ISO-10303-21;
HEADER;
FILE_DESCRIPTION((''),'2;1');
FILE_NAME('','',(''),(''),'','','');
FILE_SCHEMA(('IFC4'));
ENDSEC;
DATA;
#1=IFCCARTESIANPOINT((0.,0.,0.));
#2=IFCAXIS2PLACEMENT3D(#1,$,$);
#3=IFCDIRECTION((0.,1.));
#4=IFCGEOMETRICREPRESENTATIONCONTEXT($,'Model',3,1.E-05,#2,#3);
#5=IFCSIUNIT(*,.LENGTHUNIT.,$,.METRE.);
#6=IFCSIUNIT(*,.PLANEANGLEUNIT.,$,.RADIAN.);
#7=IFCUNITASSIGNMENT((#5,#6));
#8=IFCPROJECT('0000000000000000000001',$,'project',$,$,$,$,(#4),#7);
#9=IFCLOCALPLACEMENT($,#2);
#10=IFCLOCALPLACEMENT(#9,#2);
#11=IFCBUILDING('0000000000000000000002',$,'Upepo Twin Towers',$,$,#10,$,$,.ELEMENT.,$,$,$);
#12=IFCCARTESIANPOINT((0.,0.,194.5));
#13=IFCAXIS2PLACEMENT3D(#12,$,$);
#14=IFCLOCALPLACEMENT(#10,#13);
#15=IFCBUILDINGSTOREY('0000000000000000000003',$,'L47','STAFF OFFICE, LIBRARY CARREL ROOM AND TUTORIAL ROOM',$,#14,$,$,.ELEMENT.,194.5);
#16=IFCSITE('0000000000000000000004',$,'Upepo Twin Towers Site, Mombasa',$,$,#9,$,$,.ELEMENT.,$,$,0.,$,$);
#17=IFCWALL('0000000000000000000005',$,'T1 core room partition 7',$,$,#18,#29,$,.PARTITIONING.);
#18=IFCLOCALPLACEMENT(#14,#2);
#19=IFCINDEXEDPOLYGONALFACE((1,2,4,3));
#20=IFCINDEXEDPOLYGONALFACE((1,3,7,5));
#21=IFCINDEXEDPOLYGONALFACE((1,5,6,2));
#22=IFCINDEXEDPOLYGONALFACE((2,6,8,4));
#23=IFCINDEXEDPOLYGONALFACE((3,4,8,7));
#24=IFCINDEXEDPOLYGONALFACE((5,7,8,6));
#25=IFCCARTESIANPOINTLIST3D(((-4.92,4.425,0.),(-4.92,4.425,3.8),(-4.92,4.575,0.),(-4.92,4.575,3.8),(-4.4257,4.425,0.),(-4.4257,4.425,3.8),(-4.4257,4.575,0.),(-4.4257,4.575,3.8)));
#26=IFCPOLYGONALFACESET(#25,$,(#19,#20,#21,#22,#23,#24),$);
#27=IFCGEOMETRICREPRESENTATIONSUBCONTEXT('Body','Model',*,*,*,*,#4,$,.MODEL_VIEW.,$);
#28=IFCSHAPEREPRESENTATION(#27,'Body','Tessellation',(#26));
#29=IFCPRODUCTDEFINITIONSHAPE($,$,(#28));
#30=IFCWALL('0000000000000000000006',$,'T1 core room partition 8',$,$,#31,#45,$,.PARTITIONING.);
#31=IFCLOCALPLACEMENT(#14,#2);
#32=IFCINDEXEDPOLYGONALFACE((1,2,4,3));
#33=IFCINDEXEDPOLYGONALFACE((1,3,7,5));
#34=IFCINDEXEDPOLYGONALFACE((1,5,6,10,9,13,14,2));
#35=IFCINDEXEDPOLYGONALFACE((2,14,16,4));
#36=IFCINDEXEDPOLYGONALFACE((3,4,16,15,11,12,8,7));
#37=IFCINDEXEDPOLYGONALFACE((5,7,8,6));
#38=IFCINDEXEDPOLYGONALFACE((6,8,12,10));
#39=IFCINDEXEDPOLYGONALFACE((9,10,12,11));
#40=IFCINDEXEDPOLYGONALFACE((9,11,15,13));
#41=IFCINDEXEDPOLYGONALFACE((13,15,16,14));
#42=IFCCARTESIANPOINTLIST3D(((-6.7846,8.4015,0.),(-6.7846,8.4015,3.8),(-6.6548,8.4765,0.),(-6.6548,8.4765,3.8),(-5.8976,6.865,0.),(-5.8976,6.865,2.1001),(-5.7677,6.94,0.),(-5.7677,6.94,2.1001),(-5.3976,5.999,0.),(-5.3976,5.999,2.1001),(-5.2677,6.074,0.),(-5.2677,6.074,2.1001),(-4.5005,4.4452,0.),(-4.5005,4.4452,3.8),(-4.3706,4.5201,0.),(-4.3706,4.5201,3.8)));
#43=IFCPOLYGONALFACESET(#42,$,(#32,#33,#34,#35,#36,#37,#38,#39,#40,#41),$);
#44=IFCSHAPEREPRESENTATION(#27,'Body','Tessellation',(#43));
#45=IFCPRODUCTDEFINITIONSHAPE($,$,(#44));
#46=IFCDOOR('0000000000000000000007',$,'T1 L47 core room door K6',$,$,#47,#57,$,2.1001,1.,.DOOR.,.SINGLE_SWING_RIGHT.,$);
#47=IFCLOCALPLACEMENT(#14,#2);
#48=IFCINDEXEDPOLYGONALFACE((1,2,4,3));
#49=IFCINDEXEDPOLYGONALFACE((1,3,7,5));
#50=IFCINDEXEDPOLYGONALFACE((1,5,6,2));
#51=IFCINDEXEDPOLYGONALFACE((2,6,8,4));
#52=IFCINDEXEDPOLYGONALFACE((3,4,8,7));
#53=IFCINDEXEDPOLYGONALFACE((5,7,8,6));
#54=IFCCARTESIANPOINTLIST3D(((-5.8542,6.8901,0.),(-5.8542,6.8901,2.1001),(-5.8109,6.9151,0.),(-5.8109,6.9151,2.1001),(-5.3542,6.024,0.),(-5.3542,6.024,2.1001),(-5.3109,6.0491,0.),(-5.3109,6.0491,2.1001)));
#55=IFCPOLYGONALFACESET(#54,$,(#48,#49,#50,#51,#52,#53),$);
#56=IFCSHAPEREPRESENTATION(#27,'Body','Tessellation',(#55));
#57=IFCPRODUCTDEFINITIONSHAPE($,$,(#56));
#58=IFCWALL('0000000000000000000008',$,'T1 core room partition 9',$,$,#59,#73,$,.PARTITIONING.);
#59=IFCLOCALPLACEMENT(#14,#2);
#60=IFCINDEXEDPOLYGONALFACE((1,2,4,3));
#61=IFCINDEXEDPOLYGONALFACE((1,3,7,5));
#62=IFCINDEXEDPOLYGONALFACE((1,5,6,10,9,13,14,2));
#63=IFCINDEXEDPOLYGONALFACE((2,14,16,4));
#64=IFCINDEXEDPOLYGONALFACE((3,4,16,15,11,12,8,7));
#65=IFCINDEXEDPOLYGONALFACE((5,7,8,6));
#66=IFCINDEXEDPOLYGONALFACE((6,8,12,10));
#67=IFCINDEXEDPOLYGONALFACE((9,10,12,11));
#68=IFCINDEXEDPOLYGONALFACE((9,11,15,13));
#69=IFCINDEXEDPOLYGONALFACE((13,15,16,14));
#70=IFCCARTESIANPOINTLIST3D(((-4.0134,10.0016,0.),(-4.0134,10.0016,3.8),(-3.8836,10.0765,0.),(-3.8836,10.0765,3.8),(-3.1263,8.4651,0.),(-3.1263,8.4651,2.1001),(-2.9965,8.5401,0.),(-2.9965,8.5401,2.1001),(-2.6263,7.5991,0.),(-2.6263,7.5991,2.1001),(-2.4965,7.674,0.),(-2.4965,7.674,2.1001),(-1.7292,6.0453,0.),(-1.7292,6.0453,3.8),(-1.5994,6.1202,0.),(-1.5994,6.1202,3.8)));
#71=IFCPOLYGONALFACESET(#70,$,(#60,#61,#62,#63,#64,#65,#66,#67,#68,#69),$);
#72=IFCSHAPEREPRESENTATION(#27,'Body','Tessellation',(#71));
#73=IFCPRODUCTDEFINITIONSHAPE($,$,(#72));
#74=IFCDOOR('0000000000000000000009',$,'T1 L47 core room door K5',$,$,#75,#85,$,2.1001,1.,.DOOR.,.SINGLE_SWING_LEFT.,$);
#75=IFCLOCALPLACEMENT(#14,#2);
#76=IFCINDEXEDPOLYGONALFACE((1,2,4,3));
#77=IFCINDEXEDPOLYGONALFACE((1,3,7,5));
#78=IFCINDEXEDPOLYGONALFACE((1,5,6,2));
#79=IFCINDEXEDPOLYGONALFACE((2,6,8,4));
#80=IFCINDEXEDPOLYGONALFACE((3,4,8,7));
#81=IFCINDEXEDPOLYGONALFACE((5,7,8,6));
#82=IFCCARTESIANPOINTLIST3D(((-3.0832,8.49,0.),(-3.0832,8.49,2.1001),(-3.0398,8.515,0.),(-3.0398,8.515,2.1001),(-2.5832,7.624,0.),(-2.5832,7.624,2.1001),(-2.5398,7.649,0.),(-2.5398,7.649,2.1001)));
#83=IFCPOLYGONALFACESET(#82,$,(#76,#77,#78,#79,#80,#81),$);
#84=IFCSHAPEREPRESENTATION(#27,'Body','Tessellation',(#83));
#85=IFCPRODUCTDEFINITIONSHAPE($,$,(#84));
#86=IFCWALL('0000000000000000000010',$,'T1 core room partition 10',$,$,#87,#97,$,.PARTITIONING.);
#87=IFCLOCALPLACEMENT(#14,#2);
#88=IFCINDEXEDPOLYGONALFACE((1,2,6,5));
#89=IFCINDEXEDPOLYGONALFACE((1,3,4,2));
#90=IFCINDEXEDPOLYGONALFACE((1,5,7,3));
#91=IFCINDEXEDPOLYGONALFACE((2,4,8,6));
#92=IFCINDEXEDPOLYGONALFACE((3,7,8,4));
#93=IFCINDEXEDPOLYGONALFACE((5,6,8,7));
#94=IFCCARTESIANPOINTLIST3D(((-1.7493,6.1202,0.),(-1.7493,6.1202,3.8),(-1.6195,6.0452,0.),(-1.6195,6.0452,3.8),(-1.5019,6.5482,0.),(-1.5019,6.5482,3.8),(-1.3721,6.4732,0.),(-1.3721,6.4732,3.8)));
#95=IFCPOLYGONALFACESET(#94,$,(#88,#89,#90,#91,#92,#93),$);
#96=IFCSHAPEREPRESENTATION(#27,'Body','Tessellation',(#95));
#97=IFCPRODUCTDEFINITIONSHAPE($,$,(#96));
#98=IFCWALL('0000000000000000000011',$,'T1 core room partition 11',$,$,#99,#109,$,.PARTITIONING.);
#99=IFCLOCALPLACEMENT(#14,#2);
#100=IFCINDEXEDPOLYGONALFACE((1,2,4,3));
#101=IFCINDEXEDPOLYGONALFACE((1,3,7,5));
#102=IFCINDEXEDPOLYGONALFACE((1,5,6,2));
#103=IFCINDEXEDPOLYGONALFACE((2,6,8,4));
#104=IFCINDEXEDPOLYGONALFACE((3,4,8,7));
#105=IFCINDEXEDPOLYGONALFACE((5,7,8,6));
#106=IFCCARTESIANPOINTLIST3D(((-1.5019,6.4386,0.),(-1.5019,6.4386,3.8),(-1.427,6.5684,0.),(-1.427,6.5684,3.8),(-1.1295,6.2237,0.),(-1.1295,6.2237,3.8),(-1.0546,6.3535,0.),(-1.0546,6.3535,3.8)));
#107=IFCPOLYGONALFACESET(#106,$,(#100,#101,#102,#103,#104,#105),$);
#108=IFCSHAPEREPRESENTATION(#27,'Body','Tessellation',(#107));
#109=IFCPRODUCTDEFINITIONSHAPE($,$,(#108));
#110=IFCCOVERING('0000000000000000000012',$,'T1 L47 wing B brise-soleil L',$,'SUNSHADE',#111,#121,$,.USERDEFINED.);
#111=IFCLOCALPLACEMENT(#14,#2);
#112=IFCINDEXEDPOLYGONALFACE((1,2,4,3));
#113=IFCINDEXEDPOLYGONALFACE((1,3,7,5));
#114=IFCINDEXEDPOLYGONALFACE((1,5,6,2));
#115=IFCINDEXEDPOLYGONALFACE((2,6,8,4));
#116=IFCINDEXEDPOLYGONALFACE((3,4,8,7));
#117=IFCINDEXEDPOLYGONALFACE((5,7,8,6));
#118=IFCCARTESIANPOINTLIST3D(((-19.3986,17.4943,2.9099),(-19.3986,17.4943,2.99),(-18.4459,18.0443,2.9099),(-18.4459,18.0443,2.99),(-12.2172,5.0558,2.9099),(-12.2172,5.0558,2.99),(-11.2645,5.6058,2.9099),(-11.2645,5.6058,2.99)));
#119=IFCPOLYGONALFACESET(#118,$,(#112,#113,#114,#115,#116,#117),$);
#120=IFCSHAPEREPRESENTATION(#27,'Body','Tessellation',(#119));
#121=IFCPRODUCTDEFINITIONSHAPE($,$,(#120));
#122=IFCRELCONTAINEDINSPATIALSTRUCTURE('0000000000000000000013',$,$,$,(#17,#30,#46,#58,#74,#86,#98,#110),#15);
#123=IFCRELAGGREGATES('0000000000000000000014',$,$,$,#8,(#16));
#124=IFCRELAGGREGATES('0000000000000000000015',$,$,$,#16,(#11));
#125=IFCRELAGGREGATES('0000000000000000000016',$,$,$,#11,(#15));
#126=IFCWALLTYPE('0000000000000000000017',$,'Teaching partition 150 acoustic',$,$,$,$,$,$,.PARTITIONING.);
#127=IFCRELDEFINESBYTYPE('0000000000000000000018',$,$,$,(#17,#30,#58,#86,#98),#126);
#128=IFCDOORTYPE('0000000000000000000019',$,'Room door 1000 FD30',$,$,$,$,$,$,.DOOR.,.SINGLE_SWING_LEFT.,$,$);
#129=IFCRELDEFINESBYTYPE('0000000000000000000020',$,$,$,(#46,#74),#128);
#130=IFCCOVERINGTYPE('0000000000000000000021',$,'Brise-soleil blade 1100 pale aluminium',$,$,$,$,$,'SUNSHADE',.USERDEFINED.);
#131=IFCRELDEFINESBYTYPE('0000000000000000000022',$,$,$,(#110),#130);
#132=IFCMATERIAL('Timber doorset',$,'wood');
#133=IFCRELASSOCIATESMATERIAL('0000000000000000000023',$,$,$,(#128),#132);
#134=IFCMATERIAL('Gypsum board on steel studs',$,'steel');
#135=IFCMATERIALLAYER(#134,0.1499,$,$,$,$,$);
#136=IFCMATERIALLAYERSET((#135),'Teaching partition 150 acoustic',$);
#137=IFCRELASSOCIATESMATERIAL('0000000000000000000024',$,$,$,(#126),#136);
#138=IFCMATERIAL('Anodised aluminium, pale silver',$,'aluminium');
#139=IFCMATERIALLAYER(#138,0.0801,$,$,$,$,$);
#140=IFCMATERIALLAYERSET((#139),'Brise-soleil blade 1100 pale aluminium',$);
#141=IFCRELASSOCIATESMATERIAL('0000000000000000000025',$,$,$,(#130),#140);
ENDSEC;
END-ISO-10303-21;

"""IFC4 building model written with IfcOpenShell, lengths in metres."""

from ifc_helpers import new_model, si_unit, direction, frame, frame_2d, origin, origin_2d, place, context, subcontext, project, spatial, rectangle, extrude, material, layer, layer_set, type_object, element, fill, save


model = new_model("IFC4")

# Units and contexts
model_context = context("Model", 3, precision=1e-05, world=origin(), true_north=direction((0.0, 1.0)))
body_context = subcontext(model_context, "Body", "Model", "MODEL_VIEW")
ifc_project = project(units=[si_unit("LENGTHUNIT", "METRE"), si_unit("PLANEANGLEUNIT", "RADIAN")], contexts=[model_context])

# Site, building, storey
site_placement = place(None, origin())
site = spatial("IfcSite", under=ifc_project, at=site_placement, Name="Upepo Twin Towers Site, Mombasa", CompositionType="ELEMENT", RefElevation=0.0)
building_placement = place(site_placement, origin())
building = spatial("IfcBuilding", under=site, at=building_placement, Name="Upepo Twin Towers", CompositionType="ELEMENT")
storey_placement = place(building_placement, frame((0.0, 0.0, 194.5)))
storey = spatial("IfcBuildingStorey", under=building, at=storey_placement, Name="L47", Description="STAFF OFFICE, LIBRARY CARREL ROOM AND TUTORIAL ROOM", CompositionType="ELEMENT", Elevation=194.5)

# Shared definitions
ifc_material_1 = material(Name="Timber doorset", Category="wood")
door_type_1 = type_object("IfcDoorType", Name="Room door 1000 FD30", OperationType="SINGLE_SWING_LEFT", PredefinedType="DOOR", material=ifc_material_1)

# Wall
ifc_material_2 = material(Name="Gypsum board on steel studs", Category="steel")
ifc_layer_1 = layer(ifc_material_2, 0.1499)
ifc_layer_set_1 = layer_set([ifc_layer_1], Name="Teaching partition 150 acoustic")
wall_type_1 = type_object("IfcWallType", Name="Teaching partition 150 acoustic", PredefinedType="PARTITIONING", material=ifc_layer_set_1)
wall_1_placement = place(storey_placement, frame((-4.9199, 4.5, 0.0), z_axis=(0.0, 0.0, 1.0), x_axis=(1.0, 0.0, 0.0)))
element("IfcWall", 1, at=wall_1_placement, inside=storey, type_object=wall_type_1, Name="T1 core room partition 7", PredefinedType="PARTITIONING", context=body_context, shape_type="SweptSolid", body=[
    extrude(rectangle(XDim=0.4944, YDim=0.1499, at=frame_2d((0.2471, 0.0))), origin(), (0.0, 0.0, 1.0), 3.8),
])

# Walls, openings, doors
wall_2_placement = place(storey_placement, frame((-4.4355, 4.4827, 0.0), z_axis=(0.0, 0.0, 1.0), x_axis=(-0.500002, 0.866025, 0.0)))
wall_2 = element("IfcWall", 2, at=wall_2_placement, inside=storey, type_object=wall_type_1, Name="T1 core room partition 8", PredefinedType="PARTITIONING", context=body_context, shape_type="SweptSolid", body=[
    extrude(rectangle(XDim=4.5684, YDim=0.1499, at=frame_2d((2.2842, 0.0))), origin(), (0.0, 0.0, 1.0), 3.8),
])
opening_1_placement = place(wall_2_placement, frame((1.7942, 0.0, 0.0)))
opening_1 = element("IfcOpeningElement", 3, at=opening_1_placement, cuts=wall_2, PredefinedType="OPENING", context=body_context, shape_type="SweptSolid", body=[
    extrude(rectangle(XDim=1.0, YDim=2.1001, at=frame_2d((0.5, 1.05))), frame((0.0, 0.085, 0.0), z_axis=(0.0, -1.0, 0.0), x_axis=(1.0, 0.0, 0.0)), (0.0, 0.0, 1.0), 0.1699),
])
door_1_placement = place(opening_1_placement, origin())
door_1 = element("IfcDoor", 4, at=door_1_placement, inside=storey, type_object=door_type_1, Name="T1 L47 core room door K6", OperationType="SINGLE_SWING_RIGHT", OverallHeight=2.1001, OverallWidth=1.0, PredefinedType="DOOR", context=body_context, shape_type="SweptSolid", body=[
    extrude(rectangle(XDim=1.0, YDim=2.1001, at=frame_2d((0.5, 1.05))), frame((0.0, 0.0249, 0.0), z_axis=(0.0, -1.0, 0.0), x_axis=(1.0, 0.0, 0.0)), (0.0, 0.0, 1.0), 0.05),
])
fill(opening_1, door_1)
wall_3_placement = place(storey_placement, frame((-3.9485, 10.0391, 0.0), z_axis=(0.0, 0.0, 1.0), x_axis=(0.500002, -0.866025, 0.0)))
wall_3 = element("IfcWall", 5, at=wall_3_placement, inside=storey, type_object=wall_type_1, Name="T1 core room partition 9", PredefinedType="PARTITIONING", context=body_context, shape_type="SweptSolid", body=[
    extrude(rectangle(XDim=4.5684, YDim=0.1499, at=frame_2d((2.2842, 0.0))), origin(), (0.0, 0.0, 1.0), 3.8),
])
opening_2_placement = place(wall_3_placement, frame((1.7742, 0.0, 0.0)))
opening_2 = element("IfcOpeningElement", 6, at=opening_2_placement, cuts=wall_3, PredefinedType="OPENING", context=body_context, shape_type="SweptSolid", body=[
    extrude(rectangle(XDim=1.0, YDim=2.1001, at=frame_2d((0.5, 1.05))), frame((0.0, 0.085, 0.0), z_axis=(0.0, -1.0, 0.0), x_axis=(1.0, 0.0, 0.0)), (0.0, 0.0, 1.0), 0.1699),
])
door_2_placement = place(opening_2_placement, origin())
door_2 = element("IfcDoor", 7, at=door_2_placement, inside=storey, type_object=door_type_1, Name="T1 L47 core room door K5", OperationType="SINGLE_SWING_LEFT", OverallHeight=2.1001, OverallWidth=1.0, PredefinedType="DOOR", context=body_context, shape_type="SweptSolid", body=[
    extrude(rectangle(XDim=1.0, YDim=2.1001, at=frame_2d((0.5, 1.05))), frame((0.0, 0.0249, 0.0), z_axis=(0.0, -1.0, 0.0), x_axis=(1.0, 0.0, 0.0)), (0.0, 0.0, 1.0), 0.05),
])
fill(opening_2, door_2)

# Walls
wall_4_placement = place(storey_placement, frame((-1.6843, 6.0828, 0.0), z_axis=(0.0, 0.0, 1.0), x_axis=(0.500335, 0.865832, 0.0)))
element("IfcWall", 8, at=wall_4_placement, inside=storey, type_object=wall_type_1, Name="T1 core room partition 10", PredefinedType="PARTITIONING", context=body_context, shape_type="SweptSolid", body=[
    extrude(rectangle(XDim=0.4944, YDim=0.1499, at=frame_2d((0.2471, 0.0))), origin(), (0.0, 0.0, 1.0), 3.8),
])
wall_5_placement = place(storey_placement, frame((-1.4644, 6.5034, 0.0), z_axis=(0.0, 0.0, 1.0), x_axis=(0.866138, -0.499804, 0.0)))
element("IfcWall", 9, at=wall_5_placement, inside=storey, type_object=wall_type_1, Name="T1 core room partition 11", PredefinedType="PARTITIONING", context=body_context, shape_type="SweptSolid", body=[
    extrude(rectangle(XDim=0.4299, YDim=0.1499, at=frame_2d((0.2148, 0.0))), origin(), (0.0, 0.0, 1.0), 3.8),
])

# Covering
ifc_material_3 = material(Name="Anodised aluminium, pale silver", Category="aluminium")
ifc_layer_2 = layer(ifc_material_3, 0.0801)
ifc_layer_set_2 = layer_set([ifc_layer_2], Name="Brise-soleil blade 1100 pale aluminium")
covering_type = type_object("IfcCoveringType", Name="Brise-soleil blade 1100 pale aluminium", ElementType="SUNSHADE", PredefinedType="USERDEFINED", material=ifc_layer_set_2)
covering_placement = place(storey_placement, frame((-15.3315, 11.55, 2.9099), z_axis=(0.0, 0.0, 1.0), x_axis=(-0.5, 0.866025, 0.0)))
element("IfcCovering", 10, at=covering_placement, inside=storey, type_object=covering_type, Name="T1 L47 wing B brise-soleil L", ObjectType="SUNSHADE", PredefinedType="USERDEFINED", context=body_context, shape_type="SweptSolid", body=[
    extrude(rectangle(XDim=14.3628, YDim=1.1001, at=origin_2d()), origin(), (0.0, 0.0, 1.0), 0.0801),
])

save(model, "model.ifc")
